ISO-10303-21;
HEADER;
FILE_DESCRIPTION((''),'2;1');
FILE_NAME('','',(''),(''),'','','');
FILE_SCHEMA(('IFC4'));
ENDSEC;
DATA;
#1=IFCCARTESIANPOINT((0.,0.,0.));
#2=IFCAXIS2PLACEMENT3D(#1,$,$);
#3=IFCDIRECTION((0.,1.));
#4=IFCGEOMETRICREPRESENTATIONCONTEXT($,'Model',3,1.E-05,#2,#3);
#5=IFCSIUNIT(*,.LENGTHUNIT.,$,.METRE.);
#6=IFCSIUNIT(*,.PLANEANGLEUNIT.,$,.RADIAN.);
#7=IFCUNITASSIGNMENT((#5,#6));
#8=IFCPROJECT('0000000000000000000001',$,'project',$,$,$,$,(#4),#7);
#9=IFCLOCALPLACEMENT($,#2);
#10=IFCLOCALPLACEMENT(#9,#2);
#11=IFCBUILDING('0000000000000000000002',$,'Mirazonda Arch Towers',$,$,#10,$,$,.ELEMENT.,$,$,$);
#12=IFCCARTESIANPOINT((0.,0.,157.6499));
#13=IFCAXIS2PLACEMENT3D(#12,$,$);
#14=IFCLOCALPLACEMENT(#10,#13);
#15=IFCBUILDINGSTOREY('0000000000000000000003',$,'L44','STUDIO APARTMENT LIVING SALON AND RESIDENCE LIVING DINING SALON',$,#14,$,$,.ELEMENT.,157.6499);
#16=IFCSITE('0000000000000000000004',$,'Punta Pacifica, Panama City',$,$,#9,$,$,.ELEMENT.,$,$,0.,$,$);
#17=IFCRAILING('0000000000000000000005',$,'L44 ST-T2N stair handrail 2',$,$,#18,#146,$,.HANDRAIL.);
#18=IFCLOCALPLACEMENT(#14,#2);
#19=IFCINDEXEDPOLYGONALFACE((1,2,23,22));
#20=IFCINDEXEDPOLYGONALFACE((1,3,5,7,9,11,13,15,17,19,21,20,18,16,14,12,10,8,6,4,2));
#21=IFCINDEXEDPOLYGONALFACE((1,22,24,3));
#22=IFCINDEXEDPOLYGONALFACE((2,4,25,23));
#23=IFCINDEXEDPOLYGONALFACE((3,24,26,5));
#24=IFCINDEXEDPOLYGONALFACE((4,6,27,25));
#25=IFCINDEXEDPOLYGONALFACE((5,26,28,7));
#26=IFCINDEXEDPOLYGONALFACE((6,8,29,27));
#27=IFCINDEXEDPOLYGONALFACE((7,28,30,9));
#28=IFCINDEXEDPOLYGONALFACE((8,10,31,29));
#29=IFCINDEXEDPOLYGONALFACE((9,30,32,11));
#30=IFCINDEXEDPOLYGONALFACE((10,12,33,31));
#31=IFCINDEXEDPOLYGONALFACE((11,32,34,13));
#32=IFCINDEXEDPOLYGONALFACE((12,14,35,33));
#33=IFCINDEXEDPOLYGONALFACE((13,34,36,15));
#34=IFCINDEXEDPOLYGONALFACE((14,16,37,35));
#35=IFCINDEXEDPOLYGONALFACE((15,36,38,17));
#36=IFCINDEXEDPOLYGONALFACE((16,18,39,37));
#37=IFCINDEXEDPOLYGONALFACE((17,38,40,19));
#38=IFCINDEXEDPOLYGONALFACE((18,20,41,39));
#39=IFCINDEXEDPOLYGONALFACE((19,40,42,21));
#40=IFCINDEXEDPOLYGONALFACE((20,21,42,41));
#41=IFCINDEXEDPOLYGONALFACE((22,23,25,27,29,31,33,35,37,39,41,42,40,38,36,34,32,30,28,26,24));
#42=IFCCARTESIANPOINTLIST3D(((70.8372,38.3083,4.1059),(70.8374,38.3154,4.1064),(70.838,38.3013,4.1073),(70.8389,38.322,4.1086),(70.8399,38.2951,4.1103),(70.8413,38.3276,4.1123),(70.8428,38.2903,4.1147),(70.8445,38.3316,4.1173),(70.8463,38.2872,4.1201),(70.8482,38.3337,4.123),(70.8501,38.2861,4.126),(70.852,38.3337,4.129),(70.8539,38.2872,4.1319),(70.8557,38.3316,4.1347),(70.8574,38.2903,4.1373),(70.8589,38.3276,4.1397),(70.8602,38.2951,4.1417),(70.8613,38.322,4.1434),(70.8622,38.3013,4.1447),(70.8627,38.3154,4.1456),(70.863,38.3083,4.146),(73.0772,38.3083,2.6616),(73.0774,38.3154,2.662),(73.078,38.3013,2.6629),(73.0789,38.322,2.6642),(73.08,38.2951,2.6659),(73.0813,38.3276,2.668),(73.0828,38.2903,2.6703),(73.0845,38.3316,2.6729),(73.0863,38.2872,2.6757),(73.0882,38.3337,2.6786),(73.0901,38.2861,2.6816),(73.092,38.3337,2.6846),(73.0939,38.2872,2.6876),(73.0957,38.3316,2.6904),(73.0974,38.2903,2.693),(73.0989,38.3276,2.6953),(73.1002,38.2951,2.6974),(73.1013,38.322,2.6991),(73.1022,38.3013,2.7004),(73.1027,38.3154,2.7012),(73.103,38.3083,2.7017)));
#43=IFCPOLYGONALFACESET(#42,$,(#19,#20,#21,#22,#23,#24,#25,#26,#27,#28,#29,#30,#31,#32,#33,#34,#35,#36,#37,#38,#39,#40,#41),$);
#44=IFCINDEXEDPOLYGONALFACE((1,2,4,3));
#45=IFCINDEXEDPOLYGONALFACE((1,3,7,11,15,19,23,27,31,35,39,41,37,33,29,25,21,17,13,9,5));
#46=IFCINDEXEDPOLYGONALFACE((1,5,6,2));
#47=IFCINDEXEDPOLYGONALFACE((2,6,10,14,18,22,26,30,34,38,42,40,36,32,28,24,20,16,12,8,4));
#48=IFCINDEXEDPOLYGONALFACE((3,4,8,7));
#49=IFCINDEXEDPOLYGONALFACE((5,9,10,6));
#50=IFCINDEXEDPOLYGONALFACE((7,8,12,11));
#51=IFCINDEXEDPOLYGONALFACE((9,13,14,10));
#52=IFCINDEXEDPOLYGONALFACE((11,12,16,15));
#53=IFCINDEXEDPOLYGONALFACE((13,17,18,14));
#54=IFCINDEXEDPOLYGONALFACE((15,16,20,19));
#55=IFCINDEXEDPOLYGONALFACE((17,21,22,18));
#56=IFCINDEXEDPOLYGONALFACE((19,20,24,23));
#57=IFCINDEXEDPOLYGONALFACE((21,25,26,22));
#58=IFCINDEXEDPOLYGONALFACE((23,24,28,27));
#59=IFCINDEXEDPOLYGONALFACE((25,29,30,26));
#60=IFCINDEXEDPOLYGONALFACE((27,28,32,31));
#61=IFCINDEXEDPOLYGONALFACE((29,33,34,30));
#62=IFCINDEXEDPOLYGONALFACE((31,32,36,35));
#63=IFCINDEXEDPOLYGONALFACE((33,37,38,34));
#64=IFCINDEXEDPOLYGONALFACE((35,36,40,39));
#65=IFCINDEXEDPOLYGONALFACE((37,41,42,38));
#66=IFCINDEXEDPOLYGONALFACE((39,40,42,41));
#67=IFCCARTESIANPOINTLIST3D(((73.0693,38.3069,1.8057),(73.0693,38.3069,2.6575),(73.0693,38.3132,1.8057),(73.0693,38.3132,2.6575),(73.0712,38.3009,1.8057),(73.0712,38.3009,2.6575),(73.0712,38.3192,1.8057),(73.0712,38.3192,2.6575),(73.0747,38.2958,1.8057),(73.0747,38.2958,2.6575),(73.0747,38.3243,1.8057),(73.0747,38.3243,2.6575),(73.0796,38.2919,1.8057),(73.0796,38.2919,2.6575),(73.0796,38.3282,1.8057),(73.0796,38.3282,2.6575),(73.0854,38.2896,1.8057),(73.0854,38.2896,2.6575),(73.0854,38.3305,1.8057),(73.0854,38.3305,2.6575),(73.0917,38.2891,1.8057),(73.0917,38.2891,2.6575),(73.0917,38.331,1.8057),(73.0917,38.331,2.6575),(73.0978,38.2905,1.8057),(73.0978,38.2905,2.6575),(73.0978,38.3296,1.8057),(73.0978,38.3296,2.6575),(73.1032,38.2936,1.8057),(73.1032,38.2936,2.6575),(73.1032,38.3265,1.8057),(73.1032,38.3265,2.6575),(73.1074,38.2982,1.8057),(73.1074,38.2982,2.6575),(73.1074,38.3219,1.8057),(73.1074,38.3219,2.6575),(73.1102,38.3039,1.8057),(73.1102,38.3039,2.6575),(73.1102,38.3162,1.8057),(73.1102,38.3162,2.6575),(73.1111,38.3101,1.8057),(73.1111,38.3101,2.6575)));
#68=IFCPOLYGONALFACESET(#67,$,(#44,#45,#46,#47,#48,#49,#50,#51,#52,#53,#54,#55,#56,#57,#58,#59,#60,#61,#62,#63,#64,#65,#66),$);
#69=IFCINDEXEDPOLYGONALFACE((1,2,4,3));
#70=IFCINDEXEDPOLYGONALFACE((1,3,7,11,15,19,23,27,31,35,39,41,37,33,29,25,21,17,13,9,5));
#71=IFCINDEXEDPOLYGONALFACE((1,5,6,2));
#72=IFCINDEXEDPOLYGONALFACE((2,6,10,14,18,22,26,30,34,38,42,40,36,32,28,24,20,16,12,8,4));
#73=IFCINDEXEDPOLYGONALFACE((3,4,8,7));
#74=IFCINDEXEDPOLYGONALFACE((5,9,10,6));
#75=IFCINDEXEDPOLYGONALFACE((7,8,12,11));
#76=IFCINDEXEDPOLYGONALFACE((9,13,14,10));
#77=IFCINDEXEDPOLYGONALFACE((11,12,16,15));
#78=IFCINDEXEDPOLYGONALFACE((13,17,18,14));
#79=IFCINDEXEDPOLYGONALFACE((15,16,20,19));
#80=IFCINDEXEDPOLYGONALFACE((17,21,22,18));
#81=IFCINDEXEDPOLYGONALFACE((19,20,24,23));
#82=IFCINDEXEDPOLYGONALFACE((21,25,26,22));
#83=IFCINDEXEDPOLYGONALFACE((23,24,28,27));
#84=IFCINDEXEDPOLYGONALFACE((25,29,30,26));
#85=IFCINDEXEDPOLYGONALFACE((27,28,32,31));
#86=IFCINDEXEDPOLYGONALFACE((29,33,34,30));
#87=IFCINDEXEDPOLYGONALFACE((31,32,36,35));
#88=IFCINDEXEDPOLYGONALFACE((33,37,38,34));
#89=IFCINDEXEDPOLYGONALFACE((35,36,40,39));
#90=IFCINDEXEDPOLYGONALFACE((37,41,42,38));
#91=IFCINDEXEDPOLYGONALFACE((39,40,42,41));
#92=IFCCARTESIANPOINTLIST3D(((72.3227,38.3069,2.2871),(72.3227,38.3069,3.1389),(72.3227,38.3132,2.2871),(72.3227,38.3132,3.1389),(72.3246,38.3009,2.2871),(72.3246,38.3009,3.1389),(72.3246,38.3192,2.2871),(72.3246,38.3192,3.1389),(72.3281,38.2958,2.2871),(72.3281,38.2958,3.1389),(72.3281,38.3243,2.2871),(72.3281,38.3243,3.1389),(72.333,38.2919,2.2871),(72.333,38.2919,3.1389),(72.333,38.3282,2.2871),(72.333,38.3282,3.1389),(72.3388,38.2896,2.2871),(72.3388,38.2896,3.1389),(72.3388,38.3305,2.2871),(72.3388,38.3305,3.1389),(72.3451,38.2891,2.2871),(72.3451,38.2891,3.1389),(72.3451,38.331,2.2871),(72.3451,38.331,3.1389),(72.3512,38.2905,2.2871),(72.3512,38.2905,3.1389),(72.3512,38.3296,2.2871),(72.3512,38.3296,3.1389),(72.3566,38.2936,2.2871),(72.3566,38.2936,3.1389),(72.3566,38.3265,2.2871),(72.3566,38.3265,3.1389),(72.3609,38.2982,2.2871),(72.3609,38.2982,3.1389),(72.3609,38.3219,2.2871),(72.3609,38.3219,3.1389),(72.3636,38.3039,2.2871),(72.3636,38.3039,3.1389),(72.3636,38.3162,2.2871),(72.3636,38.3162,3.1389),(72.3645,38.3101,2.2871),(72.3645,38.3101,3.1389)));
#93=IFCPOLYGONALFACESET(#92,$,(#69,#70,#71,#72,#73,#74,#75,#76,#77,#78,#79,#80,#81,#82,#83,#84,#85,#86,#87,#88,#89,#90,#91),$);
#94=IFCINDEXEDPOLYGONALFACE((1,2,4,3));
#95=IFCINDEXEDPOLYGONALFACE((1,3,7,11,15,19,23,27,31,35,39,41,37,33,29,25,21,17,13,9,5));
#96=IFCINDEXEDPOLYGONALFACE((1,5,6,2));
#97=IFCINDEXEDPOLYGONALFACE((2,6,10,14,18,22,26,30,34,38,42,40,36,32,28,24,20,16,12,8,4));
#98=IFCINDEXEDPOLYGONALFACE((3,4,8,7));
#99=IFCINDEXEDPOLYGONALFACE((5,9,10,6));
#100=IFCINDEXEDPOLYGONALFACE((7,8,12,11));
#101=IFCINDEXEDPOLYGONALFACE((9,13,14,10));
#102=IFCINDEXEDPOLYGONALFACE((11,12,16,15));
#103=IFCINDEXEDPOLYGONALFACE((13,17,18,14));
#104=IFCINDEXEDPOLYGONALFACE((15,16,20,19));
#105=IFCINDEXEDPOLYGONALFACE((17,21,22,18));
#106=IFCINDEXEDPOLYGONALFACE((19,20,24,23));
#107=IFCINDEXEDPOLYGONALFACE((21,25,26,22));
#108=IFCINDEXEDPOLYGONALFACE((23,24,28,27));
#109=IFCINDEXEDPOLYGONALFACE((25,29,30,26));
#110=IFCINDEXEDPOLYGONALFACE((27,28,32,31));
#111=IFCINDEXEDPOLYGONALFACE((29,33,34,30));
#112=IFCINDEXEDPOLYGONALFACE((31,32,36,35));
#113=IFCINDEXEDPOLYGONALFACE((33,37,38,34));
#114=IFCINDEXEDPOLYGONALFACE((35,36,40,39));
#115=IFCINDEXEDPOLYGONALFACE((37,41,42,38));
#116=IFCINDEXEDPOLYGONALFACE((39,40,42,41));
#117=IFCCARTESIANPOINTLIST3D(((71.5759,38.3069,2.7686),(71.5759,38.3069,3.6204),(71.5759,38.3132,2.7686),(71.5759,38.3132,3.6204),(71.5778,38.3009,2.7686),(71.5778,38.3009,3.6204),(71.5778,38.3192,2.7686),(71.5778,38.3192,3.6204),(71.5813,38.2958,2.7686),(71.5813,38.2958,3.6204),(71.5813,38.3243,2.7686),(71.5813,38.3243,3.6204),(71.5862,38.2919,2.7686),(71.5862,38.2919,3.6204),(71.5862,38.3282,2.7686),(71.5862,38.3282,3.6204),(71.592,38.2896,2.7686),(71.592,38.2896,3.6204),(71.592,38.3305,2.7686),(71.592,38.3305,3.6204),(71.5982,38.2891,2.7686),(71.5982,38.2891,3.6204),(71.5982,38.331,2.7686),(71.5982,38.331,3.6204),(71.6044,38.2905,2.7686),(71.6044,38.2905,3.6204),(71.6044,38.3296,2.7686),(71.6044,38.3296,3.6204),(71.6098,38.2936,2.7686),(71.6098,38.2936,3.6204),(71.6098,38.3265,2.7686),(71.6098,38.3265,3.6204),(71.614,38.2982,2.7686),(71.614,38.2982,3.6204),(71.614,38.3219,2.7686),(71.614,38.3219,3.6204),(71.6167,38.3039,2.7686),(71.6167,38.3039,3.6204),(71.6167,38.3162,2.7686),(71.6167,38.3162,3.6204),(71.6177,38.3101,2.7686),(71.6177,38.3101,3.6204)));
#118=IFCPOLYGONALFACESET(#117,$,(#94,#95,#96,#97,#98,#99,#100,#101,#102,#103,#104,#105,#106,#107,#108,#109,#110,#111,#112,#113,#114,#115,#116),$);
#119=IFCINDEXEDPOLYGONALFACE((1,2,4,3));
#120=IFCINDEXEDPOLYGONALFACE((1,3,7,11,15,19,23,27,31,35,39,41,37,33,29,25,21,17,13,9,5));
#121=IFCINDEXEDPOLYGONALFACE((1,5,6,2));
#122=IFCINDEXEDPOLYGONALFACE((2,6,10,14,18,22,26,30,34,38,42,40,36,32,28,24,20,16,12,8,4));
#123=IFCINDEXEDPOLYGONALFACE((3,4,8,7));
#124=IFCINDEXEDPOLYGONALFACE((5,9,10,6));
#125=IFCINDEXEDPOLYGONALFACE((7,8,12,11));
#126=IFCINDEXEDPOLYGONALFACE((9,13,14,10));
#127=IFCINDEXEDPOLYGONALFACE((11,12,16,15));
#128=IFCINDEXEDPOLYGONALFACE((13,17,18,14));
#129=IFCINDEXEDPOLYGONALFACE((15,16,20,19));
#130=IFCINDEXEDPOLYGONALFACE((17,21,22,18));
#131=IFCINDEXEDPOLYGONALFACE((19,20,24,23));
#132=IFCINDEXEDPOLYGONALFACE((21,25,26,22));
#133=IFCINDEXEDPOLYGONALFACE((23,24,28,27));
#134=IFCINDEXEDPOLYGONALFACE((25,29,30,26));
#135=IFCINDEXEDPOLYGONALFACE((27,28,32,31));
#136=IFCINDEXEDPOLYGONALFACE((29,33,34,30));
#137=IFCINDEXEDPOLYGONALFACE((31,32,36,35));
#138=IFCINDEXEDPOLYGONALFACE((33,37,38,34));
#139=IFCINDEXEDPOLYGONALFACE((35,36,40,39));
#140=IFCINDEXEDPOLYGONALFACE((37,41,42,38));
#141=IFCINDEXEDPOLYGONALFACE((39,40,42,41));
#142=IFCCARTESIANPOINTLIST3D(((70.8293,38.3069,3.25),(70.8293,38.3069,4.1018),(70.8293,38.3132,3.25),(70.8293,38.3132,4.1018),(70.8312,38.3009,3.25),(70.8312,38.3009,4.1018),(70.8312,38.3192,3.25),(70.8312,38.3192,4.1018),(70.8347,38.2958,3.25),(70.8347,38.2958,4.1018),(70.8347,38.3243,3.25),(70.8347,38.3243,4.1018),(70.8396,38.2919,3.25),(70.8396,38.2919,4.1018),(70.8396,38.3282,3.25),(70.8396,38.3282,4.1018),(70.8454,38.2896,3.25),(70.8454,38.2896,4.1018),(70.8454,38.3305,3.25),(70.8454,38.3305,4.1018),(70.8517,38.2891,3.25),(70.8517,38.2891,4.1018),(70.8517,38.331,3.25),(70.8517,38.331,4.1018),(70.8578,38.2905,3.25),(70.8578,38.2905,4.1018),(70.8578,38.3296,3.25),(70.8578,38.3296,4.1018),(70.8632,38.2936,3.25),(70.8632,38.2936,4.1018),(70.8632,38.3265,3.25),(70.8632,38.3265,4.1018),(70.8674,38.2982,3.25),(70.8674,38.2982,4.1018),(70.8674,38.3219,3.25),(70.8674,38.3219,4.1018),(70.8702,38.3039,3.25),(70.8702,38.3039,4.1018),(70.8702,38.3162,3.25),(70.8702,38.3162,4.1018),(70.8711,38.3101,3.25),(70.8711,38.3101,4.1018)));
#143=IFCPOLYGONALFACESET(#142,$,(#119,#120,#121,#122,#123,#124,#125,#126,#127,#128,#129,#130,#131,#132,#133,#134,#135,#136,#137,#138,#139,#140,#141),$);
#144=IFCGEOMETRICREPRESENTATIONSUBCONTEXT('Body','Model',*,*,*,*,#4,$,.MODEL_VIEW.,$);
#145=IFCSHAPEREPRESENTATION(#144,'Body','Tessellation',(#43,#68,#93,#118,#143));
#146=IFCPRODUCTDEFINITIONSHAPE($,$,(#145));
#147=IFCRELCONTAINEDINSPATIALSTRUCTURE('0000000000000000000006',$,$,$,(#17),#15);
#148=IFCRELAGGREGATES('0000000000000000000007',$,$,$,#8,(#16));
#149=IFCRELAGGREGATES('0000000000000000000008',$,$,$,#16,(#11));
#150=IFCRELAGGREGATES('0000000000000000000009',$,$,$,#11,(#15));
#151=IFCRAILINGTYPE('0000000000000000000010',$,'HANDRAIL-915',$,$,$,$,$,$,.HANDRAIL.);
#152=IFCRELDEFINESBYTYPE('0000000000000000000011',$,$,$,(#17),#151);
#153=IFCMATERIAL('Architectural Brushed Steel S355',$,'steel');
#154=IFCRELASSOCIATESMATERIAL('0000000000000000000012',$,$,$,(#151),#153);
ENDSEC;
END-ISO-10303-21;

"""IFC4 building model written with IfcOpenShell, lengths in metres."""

from ifc_helpers import new_model, si_unit, direction, frame, origin, origin_2d, place, context, subcontext, project, spatial, circle, extrude, material, type_object, element, save


model = new_model("IFC4")

# Units and contexts
model_context = context("Model", 3, precision=1e-05, world=origin(), true_north=direction((0.0, 1.0)))
body_context = subcontext(model_context, "Body", "Model", "MODEL_VIEW")
ifc_project = project(units=[si_unit("LENGTHUNIT", "METRE"), si_unit("PLANEANGLEUNIT", "RADIAN")], contexts=[model_context])

# Site, building, storey
site_placement = place(None, origin())
site = spatial("IfcSite", under=ifc_project, at=site_placement, Name="Punta Pacifica, Panama City", CompositionType="ELEMENT", RefElevation=0.0)
building_placement = place(site_placement, origin())
building = spatial("IfcBuilding", under=site, at=building_placement, Name="Mirazonda Arch Towers", CompositionType="ELEMENT")
storey_placement = place(building_placement, frame((0.0, 0.0, 157.6499)))
storey = spatial("IfcBuildingStorey", under=building, at=storey_placement, Name="L44", Description="STUDIO APARTMENT LIVING SALON AND RESIDENCE LIVING DINING SALON", CompositionType="ELEMENT", Elevation=157.6499)

# Shared definitions
ifc_material_1 = material(Name="Architectural Brushed Steel S355", Category="steel")

# Railing
railing_type_1 = type_object("IfcRailingType", Name="HANDRAIL-915", PredefinedType="HANDRAIL", material=ifc_material_1)
railing_1_placement = place(storey_placement, frame((73.0901, 38.3101, 1.8057)))
element("IfcRailing", 1, at=railing_1_placement, inside=storey, type_object=railing_type_1, Name="L44 ST-T2N stair handrail 2", PredefinedType="HANDRAIL", context=body_context, shape_type="SweptSolid", body=[
    extrude(circle(Radius=0.0239, at=origin_2d()), frame((0.0, 0.0, 0.876), z_axis=(-0.840437, 0.0, 0.54191), x_axis=(0.0, -1.0, 0.0)), (0.0, 0.0, 1.0), 2.6653),
    extrude(circle(Radius=0.021, at=origin_2d()), origin(), (0.0, 0.0, 1.0), 0.8518),
    extrude(circle(Radius=0.021, at=origin_2d()), frame((-0.7466, 0.0, 0.4814)), (0.0, 0.0, 1.0), 0.8518),
    extrude(circle(Radius=0.021, at=origin_2d()), frame((-1.4934, 0.0, 0.9629)), (0.0, 0.0, 1.0), 0.8518),
    extrude(circle(Radius=0.021, at=origin_2d()), frame((-2.24, 0.0, 1.4443)), (0.0, 0.0, 1.0), 0.8518),
])

save(model, "model.ifc")
